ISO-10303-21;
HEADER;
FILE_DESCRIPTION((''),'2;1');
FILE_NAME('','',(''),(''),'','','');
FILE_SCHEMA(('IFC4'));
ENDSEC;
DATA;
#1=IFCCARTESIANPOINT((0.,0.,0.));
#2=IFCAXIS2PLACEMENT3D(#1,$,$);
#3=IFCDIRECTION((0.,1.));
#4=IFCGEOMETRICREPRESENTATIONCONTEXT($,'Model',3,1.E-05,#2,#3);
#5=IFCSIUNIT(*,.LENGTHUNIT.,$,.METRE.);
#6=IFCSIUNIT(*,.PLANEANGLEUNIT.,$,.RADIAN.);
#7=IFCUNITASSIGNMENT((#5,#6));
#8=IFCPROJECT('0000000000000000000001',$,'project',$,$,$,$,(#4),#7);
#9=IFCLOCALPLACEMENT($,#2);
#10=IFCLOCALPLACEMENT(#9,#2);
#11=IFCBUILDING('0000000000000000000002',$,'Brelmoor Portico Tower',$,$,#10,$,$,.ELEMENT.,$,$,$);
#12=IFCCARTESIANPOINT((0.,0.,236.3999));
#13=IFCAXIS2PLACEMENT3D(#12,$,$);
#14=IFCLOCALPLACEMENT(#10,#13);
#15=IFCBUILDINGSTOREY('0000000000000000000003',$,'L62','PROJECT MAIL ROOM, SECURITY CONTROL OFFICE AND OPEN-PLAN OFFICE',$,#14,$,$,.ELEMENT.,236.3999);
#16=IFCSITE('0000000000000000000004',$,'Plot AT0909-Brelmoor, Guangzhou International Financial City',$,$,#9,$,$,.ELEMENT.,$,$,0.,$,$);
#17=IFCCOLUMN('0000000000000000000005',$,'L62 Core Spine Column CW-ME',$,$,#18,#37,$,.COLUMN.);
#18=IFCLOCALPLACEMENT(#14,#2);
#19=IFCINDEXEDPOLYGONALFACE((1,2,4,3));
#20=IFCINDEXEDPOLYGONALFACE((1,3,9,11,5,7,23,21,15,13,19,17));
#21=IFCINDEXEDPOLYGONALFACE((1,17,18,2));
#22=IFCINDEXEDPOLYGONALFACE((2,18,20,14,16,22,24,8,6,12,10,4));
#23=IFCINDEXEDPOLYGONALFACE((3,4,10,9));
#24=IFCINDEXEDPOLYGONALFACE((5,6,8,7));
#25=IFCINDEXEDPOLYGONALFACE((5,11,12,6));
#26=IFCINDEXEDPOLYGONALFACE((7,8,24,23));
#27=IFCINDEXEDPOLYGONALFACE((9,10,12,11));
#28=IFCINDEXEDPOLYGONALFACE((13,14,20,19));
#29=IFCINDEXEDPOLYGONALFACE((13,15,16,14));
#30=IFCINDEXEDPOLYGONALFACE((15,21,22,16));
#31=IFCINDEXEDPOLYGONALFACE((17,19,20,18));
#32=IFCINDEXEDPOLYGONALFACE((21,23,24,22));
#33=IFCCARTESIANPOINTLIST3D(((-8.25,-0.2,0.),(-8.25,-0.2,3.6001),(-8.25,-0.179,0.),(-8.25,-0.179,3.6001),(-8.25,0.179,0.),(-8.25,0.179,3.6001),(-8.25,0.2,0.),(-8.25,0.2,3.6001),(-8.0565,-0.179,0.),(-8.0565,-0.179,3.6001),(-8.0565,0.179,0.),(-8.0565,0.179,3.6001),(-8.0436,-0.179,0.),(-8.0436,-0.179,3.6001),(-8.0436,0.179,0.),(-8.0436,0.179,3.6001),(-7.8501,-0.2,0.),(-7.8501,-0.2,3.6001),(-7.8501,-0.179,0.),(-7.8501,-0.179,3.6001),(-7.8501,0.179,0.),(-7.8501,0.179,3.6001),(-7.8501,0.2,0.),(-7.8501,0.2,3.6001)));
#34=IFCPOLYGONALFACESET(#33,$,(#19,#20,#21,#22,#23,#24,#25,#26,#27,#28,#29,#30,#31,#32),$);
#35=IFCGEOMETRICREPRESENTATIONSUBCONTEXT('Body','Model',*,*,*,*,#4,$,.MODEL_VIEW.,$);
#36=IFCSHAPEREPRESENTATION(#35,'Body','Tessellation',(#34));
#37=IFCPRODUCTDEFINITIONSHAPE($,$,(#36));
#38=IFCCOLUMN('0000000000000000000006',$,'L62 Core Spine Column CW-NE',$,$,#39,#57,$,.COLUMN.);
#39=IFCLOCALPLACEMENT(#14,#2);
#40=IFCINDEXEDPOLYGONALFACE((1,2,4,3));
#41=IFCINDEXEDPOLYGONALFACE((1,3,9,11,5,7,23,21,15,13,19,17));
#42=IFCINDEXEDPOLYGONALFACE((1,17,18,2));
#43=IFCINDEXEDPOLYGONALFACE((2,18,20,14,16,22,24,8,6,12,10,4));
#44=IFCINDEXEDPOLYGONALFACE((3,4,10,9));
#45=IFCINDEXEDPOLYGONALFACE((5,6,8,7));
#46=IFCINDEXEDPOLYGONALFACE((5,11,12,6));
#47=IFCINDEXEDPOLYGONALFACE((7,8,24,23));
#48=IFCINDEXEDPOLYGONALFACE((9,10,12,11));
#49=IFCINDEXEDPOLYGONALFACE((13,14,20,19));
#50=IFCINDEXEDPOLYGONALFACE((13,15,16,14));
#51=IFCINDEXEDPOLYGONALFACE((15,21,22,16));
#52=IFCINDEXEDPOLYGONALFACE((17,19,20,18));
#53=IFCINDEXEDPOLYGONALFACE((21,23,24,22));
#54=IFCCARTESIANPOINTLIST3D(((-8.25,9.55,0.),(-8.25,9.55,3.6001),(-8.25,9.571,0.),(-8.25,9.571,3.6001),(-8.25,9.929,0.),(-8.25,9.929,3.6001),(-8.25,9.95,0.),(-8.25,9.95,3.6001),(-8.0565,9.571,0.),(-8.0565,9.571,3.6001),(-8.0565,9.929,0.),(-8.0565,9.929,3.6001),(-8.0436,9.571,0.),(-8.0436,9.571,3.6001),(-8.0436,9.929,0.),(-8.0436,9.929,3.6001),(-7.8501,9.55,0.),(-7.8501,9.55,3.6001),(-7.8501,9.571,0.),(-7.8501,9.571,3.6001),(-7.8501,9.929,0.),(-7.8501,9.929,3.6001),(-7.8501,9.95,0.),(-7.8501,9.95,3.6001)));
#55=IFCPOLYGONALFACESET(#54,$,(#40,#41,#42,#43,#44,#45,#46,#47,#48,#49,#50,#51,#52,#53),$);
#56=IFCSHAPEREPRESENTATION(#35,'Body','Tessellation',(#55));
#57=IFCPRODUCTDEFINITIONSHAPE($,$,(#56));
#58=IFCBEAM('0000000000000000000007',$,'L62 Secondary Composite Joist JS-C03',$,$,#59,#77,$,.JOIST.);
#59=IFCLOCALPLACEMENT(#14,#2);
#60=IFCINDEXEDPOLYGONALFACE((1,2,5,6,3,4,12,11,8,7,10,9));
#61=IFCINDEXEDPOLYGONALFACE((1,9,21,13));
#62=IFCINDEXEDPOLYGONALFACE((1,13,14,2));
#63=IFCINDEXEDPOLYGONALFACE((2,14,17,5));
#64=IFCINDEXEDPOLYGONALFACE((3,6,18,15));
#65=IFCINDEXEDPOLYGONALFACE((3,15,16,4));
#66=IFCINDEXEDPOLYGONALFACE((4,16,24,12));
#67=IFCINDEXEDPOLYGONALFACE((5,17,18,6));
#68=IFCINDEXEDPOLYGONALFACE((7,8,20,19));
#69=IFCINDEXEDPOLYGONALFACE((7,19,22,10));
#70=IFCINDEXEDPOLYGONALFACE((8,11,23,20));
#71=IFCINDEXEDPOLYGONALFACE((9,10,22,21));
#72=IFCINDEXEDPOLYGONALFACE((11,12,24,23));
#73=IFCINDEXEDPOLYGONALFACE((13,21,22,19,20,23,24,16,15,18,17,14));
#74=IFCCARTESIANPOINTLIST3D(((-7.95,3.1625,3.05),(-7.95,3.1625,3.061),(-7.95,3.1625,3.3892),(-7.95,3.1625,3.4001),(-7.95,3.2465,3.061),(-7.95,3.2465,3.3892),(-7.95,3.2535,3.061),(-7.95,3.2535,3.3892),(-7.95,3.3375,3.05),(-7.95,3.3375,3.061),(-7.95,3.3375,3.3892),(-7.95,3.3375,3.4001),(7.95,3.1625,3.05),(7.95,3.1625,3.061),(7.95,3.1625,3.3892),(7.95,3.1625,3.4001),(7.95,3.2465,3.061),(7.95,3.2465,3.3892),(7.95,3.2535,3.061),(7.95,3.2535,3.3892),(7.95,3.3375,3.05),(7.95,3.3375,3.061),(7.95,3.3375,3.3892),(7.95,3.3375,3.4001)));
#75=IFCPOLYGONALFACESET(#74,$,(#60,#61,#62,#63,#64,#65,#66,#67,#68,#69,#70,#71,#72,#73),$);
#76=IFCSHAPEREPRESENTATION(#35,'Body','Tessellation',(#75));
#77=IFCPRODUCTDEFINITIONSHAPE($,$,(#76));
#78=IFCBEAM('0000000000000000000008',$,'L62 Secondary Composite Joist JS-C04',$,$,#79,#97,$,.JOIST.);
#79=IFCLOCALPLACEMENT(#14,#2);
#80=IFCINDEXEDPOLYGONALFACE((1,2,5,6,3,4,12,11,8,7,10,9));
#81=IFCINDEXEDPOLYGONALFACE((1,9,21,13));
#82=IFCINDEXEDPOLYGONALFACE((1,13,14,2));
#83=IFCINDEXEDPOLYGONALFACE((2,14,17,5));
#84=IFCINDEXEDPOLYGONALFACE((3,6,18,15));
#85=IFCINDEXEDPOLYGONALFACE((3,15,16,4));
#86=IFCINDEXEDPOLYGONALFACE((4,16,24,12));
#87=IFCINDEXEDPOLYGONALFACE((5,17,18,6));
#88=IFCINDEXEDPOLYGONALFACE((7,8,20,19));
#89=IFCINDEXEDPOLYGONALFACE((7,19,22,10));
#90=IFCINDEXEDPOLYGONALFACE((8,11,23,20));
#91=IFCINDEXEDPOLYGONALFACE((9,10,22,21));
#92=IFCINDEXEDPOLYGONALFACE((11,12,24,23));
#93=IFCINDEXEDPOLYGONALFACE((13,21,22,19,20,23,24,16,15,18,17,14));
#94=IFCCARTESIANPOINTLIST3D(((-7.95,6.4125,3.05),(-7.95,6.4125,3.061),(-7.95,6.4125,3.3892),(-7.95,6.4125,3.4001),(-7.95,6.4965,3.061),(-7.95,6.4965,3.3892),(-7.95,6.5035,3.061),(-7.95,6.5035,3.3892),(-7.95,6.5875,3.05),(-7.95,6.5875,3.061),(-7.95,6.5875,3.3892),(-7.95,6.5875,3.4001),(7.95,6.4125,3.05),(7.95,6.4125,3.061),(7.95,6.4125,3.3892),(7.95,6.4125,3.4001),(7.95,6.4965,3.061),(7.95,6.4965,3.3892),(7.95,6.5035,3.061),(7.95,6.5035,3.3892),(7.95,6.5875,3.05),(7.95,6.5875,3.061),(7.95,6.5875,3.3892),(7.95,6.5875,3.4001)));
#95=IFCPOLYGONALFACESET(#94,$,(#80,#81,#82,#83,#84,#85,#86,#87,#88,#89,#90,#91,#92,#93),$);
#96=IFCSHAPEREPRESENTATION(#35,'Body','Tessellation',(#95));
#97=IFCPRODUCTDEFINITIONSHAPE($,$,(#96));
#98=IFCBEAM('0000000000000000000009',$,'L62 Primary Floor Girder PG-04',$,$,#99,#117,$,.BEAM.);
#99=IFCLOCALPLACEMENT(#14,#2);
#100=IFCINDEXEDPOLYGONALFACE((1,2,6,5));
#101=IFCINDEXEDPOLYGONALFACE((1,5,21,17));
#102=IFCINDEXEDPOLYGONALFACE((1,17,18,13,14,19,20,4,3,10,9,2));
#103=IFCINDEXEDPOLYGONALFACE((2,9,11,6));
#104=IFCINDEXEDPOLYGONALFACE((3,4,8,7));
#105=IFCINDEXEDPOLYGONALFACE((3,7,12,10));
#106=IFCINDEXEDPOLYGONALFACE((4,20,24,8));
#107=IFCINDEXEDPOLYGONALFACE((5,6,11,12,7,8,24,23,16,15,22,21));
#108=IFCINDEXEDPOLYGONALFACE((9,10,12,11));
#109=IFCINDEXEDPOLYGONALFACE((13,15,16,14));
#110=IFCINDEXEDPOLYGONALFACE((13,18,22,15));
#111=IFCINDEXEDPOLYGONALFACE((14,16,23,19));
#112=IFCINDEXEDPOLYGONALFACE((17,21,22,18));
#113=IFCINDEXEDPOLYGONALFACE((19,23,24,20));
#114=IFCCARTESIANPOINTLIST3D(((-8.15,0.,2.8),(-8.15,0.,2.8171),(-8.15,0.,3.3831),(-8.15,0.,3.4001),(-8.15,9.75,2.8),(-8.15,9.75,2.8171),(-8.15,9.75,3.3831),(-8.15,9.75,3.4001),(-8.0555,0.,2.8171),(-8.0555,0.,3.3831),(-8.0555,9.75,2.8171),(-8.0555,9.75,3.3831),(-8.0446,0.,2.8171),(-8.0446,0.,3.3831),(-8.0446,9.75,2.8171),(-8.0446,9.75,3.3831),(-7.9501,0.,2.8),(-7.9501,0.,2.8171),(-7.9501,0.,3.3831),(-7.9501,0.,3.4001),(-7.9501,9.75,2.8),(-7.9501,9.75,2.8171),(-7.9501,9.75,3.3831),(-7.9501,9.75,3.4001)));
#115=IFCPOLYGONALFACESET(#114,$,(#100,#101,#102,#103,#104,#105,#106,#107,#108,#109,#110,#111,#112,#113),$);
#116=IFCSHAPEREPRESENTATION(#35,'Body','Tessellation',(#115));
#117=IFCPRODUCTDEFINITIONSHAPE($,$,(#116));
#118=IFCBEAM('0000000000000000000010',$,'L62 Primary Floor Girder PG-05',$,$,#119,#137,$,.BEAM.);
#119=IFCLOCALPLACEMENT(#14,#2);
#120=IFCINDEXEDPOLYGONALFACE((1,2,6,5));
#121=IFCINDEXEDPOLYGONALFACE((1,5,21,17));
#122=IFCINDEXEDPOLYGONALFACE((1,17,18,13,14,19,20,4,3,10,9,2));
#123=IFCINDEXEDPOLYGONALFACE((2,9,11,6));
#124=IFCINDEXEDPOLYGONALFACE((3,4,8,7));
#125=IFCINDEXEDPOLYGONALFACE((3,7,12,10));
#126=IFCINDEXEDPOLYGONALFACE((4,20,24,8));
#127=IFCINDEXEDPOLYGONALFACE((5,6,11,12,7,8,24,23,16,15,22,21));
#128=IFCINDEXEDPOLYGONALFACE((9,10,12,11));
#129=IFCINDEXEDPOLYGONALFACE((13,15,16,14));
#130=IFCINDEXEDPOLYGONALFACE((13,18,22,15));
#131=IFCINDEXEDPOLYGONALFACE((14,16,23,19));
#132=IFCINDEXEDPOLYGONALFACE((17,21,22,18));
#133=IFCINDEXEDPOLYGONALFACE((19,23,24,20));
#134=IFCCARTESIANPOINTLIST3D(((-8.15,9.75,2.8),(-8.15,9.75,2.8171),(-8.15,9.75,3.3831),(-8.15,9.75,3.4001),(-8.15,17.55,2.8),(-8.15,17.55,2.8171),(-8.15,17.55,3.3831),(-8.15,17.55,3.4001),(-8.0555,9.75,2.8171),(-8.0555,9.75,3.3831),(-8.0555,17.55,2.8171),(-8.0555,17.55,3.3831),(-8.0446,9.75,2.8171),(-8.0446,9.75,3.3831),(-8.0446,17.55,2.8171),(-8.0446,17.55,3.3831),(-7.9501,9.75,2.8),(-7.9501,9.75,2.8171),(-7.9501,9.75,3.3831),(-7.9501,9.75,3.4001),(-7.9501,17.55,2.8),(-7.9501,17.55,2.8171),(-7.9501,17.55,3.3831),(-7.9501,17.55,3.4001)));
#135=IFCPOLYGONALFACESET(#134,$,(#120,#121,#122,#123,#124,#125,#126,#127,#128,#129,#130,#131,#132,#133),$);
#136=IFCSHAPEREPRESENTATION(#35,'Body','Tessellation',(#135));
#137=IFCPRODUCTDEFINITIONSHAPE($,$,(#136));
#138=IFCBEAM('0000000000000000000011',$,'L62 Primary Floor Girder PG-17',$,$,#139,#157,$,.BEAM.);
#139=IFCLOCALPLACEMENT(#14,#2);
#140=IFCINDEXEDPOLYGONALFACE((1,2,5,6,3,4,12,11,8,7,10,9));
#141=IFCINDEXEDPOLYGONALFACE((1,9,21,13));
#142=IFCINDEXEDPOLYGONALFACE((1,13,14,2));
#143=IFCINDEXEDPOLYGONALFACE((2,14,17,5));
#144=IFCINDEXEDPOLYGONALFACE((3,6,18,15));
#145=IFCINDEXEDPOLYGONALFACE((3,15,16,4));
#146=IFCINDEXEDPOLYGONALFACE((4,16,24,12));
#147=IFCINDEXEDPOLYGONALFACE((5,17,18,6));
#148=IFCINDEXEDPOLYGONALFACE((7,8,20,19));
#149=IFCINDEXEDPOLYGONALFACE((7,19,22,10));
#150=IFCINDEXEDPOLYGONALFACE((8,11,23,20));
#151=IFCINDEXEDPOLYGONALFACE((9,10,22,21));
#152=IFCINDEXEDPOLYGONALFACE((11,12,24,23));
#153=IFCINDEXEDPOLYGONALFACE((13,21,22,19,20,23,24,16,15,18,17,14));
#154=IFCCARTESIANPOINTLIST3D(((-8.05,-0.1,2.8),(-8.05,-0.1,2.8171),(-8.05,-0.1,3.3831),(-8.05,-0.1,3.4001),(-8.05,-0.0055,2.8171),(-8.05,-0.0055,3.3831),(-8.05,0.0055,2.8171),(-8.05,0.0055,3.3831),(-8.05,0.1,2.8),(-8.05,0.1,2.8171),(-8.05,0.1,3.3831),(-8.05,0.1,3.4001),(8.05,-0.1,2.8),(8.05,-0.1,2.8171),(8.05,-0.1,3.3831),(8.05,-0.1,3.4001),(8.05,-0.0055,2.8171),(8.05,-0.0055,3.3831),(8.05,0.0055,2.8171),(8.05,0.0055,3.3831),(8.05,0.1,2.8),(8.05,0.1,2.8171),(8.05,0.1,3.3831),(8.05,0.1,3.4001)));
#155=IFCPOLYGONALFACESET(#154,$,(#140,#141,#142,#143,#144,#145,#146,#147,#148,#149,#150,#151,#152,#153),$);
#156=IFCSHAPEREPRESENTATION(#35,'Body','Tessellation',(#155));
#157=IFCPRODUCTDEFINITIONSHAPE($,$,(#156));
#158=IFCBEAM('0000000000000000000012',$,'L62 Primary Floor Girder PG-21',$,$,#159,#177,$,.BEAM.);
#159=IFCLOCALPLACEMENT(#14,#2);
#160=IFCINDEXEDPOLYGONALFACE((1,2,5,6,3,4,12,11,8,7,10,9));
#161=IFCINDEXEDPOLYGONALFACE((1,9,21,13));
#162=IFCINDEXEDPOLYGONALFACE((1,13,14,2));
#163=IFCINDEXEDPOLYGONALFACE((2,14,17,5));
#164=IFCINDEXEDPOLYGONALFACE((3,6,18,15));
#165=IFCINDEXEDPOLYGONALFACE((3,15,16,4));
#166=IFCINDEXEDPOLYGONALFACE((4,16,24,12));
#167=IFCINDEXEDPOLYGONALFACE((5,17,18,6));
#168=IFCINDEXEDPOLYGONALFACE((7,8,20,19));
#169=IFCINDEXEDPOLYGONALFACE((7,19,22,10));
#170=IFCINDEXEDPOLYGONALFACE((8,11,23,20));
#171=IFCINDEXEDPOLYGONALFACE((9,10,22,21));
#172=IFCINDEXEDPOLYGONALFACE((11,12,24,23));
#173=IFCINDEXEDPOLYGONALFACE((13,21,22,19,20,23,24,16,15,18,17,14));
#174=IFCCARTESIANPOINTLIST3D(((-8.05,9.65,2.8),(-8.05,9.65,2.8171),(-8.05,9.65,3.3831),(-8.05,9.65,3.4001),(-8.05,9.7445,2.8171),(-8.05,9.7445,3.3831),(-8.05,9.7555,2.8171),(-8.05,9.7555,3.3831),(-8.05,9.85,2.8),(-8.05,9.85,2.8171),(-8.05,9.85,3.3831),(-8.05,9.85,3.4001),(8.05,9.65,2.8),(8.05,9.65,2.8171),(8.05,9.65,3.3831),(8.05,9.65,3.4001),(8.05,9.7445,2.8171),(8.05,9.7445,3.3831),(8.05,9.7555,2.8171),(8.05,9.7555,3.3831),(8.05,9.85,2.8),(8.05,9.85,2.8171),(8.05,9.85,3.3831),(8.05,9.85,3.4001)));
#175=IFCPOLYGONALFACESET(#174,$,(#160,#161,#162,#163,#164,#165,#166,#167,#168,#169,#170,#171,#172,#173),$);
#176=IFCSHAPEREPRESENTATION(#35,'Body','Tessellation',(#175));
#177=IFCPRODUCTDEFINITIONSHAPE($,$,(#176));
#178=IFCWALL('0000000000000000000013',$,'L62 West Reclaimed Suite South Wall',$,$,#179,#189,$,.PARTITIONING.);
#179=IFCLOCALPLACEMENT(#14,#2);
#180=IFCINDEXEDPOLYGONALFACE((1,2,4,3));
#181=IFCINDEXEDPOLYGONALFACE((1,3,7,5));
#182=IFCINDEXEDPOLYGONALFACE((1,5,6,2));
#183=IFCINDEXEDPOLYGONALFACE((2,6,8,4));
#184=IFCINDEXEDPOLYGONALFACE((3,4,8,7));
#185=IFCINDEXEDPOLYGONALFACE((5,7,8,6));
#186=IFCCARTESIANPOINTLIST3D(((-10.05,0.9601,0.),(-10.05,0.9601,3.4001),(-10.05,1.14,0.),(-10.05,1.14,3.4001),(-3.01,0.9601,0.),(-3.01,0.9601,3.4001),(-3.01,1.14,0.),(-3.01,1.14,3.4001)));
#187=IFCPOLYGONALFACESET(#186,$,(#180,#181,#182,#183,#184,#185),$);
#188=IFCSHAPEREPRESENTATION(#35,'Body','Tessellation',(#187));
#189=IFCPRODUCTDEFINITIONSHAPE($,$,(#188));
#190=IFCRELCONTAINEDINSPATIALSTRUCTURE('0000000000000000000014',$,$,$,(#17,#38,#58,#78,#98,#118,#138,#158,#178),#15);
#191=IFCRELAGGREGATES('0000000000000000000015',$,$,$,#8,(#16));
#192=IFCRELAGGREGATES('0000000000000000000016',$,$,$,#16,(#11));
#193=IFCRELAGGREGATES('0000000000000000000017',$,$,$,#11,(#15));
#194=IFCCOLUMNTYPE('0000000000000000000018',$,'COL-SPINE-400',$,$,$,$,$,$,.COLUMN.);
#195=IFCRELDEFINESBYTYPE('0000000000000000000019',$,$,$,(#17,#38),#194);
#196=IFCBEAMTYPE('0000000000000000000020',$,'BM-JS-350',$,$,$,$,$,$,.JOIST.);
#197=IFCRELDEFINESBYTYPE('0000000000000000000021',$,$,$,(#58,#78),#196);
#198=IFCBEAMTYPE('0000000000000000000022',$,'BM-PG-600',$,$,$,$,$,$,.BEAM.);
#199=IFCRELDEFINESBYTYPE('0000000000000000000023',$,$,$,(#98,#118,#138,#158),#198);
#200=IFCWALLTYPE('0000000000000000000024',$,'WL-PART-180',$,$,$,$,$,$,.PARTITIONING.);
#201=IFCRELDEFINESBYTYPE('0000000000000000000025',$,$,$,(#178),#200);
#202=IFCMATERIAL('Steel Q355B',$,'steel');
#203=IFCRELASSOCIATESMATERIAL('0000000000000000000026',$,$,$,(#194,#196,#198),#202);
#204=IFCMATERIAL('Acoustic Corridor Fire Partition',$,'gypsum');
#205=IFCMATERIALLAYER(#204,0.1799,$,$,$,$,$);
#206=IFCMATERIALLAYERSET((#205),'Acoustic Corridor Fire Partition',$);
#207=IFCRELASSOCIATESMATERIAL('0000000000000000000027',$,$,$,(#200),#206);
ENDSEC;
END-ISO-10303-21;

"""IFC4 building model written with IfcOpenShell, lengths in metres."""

from ifc_helpers import new_model, si_unit, direction, frame, frame_2d, origin, origin_2d, place, context, subcontext, project, spatial, rectangle, i_section, extrude, material, layer, layer_set, material_profile, profile_set, type_object, element, save


model = new_model("IFC4")

# Units and contexts
model_context = context("Model", 3, precision=1e-05, world=origin(), true_north=direction((0.0, 1.0)))
body_context = subcontext(model_context, "Body", "Model", "MODEL_VIEW")
ifc_project = project(units=[si_unit("LENGTHUNIT", "METRE"), si_unit("PLANEANGLEUNIT", "RADIAN")], contexts=[model_context])

# Site, building, storey
site_placement = place(None, origin())
site = spatial("IfcSite", under=ifc_project, at=site_placement, Name="Plot AT0909-Brelmoor, Guangzhou International Financial City", CompositionType="ELEMENT", RefElevation=0.0)
building_placement = place(site_placement, origin())
building = spatial("IfcBuilding", under=site, at=building_placement, Name="Brelmoor Portico Tower", CompositionType="ELEMENT")
storey_placement = place(building_placement, frame((0.0, 0.0, 236.3999)))
storey = spatial("IfcBuildingStorey", under=building, at=storey_placement, Name="L62", Description="PROJECT MAIL ROOM, SECURITY CONTROL OFFICE AND OPEN-PLAN OFFICE", CompositionType="ELEMENT", Elevation=236.3999)

# Columns
ifc_material_1 = material(Name="Steel Q355B", Category="steel")
ifc_material_profile_1 = material_profile(ifc_material_1, i_section(OverallWidth=0.3999, OverallDepth=0.3999, WebThickness=0.0129, FlangeThickness=0.021, at=origin_2d()), Name="HW 400x400x13x21")
ifc_profile_set_1 = profile_set([ifc_material_profile_1], Name="Steel Q355B")
column_type = type_object("IfcColumnType", Name="COL-SPINE-400", PredefinedType="COLUMN", material=ifc_profile_set_1)
for number, where, z_axis, x_axis, name in (
    (1, (-8.05, 0.0, 0.0), (0.0, 0.0, 1.0), (1.0, 0.0, 0.0), "L62 Core Spine Column CW-ME"),
    (2, (-8.05, 9.75, 0.0), (0.0, 0.0, 1.0), (1.0, 0.0, 0.0), "L62 Core Spine Column CW-NE"),
):
    element("IfcColumn", number, at=place(storey_placement, frame(where, z_axis=z_axis, x_axis=x_axis)), inside=storey, type_object=column_type, Name=name, PredefinedType="COLUMN", context=body_context, shape_type="SweptSolid", body=[
        extrude(i_section(OverallWidth=0.3999, OverallDepth=0.3999, WebThickness=0.0129, FlangeThickness=0.021, at=origin_2d()), origin(), (0.0, 0.0, 1.0), 3.6001),
    ])

# Beams
ifc_material_profile_2 = material_profile(ifc_material_1, i_section(OverallWidth=0.175, OverallDepth=0.3501, WebThickness=0.0071, FlangeThickness=0.011, at=origin_2d()), Name="HN 350x175x7x11")
ifc_profile_set_2 = profile_set([ifc_material_profile_2], Name="Steel Q355B")
beam_type_1 = type_object("IfcBeamType", Name="BM-JS-350", PredefinedType="JOIST", material=ifc_profile_set_2)
for number, where, z_axis, x_axis, name in (
    (3, (-7.95, 3.25, 3.2251), (1.0, 0.0, 0.0), (0.0, 1.0, 0.0), "L62 Secondary Composite Joist JS-C03"),
    (4, (-7.95, 6.5, 3.2251), (1.0, 0.0, 0.0), (0.0, 1.0, 0.0), "L62 Secondary Composite Joist JS-C04"),
):
    element("IfcBeam", number, at=place(storey_placement, frame(where, z_axis=z_axis, x_axis=x_axis)), inside=storey, type_object=beam_type_1, Name=name, PredefinedType="JOIST", context=body_context, shape_type="SweptSolid", body=[
        extrude(i_section(OverallWidth=0.175, OverallDepth=0.3501, WebThickness=0.0071, FlangeThickness=0.011, at=origin_2d()), origin(), (0.0, 0.0, 1.0), 15.8999),
    ])
ifc_material_profile_3 = material_profile(ifc_material_1, i_section(OverallWidth=0.2, OverallDepth=0.6001, WebThickness=0.011, FlangeThickness=0.0171, at=origin_2d()), Name="HN 600x200x11x17")
ifc_profile_set_3 = profile_set([ifc_material_profile_3], Name="Steel Q355B")
beam_type_2 = type_object("IfcBeamType", Name="BM-PG-600", PredefinedType="BEAM", material=ifc_profile_set_3)
beam_1_placement = place(storey_placement, frame((-8.05, 0.0, 3.1001), z_axis=(0.0, 1.0, 0.0), x_axis=(-1.0, 0.0, 0.0)))
element("IfcBeam", 5, at=beam_1_placement, inside=storey, type_object=beam_type_2, Name="L62 Primary Floor Girder PG-04", PredefinedType="BEAM", context=body_context, shape_type="SweptSolid", body=[
    extrude(i_section(OverallWidth=0.2, OverallDepth=0.6001, WebThickness=0.011, FlangeThickness=0.0171, at=origin_2d()), origin(), (0.0, 0.0, 1.0), 9.75),
])
beam_2_placement = place(storey_placement, frame((-8.05, 9.75, 3.1001), z_axis=(0.0, 1.0, 0.0), x_axis=(-1.0, 0.0, 0.0)))
element("IfcBeam", 6, at=beam_2_placement, inside=storey, type_object=beam_type_2, Name="L62 Primary Floor Girder PG-05", PredefinedType="BEAM", context=body_context, shape_type="SweptSolid", body=[
    extrude(i_section(OverallWidth=0.2, OverallDepth=0.6001, WebThickness=0.011, FlangeThickness=0.0171, at=origin_2d()), origin(), (0.0, 0.0, 1.0), 7.8),
])
for number, where, z_axis, x_axis, name in (
    (7, (-8.05, 0.0, 3.1001), (1.0, 0.0, 0.0), (0.0, 1.0, 0.0), "L62 Primary Floor Girder PG-17"),
    (8, (-8.05, 9.75, 3.1001), (1.0, 0.0, 0.0), (0.0, 1.0, 0.0), "L62 Primary Floor Girder PG-21"),
):
    element("IfcBeam", number, at=place(storey_placement, frame(where, z_axis=z_axis, x_axis=x_axis)), inside=storey, type_object=beam_type_2, Name=name, PredefinedType="BEAM", context=body_context, shape_type="SweptSolid", body=[
        extrude(i_section(OverallWidth=0.2, OverallDepth=0.6001, WebThickness=0.011, FlangeThickness=0.0171, at=origin_2d()), origin(), (0.0, 0.0, 1.0), 16.1001),
    ])

# Wall
ifc_material_2 = material(Name="Acoustic Corridor Fire Partition", Category="gypsum")
ifc_layer_1 = layer(ifc_material_2, 0.1799)
ifc_layer_set_1 = layer_set([ifc_layer_1], Name="Acoustic Corridor Fire Partition")
wall_type_1 = type_object("IfcWallType", Name="WL-PART-180", PredefinedType="PARTITIONING", material=ifc_layer_set_1)
wall_1_placement = place(storey_placement, frame((-10.05, 1.05, 0.0), z_axis=(0.0, 0.0, 1.0), x_axis=(1.0, 0.0, 0.0)))
element("IfcWall", 9, at=wall_1_placement, inside=storey, type_object=wall_type_1, Name="L62 West Reclaimed Suite South Wall", PredefinedType="PARTITIONING", context=body_context, shape_type="SweptSolid", body=[
    extrude(rectangle(XDim=7.04, YDim=0.1799, at=frame_2d((3.52, 0.0))), origin(), (0.0, 0.0, 1.0), 3.4001),
])

save(model, "model.ifc")
